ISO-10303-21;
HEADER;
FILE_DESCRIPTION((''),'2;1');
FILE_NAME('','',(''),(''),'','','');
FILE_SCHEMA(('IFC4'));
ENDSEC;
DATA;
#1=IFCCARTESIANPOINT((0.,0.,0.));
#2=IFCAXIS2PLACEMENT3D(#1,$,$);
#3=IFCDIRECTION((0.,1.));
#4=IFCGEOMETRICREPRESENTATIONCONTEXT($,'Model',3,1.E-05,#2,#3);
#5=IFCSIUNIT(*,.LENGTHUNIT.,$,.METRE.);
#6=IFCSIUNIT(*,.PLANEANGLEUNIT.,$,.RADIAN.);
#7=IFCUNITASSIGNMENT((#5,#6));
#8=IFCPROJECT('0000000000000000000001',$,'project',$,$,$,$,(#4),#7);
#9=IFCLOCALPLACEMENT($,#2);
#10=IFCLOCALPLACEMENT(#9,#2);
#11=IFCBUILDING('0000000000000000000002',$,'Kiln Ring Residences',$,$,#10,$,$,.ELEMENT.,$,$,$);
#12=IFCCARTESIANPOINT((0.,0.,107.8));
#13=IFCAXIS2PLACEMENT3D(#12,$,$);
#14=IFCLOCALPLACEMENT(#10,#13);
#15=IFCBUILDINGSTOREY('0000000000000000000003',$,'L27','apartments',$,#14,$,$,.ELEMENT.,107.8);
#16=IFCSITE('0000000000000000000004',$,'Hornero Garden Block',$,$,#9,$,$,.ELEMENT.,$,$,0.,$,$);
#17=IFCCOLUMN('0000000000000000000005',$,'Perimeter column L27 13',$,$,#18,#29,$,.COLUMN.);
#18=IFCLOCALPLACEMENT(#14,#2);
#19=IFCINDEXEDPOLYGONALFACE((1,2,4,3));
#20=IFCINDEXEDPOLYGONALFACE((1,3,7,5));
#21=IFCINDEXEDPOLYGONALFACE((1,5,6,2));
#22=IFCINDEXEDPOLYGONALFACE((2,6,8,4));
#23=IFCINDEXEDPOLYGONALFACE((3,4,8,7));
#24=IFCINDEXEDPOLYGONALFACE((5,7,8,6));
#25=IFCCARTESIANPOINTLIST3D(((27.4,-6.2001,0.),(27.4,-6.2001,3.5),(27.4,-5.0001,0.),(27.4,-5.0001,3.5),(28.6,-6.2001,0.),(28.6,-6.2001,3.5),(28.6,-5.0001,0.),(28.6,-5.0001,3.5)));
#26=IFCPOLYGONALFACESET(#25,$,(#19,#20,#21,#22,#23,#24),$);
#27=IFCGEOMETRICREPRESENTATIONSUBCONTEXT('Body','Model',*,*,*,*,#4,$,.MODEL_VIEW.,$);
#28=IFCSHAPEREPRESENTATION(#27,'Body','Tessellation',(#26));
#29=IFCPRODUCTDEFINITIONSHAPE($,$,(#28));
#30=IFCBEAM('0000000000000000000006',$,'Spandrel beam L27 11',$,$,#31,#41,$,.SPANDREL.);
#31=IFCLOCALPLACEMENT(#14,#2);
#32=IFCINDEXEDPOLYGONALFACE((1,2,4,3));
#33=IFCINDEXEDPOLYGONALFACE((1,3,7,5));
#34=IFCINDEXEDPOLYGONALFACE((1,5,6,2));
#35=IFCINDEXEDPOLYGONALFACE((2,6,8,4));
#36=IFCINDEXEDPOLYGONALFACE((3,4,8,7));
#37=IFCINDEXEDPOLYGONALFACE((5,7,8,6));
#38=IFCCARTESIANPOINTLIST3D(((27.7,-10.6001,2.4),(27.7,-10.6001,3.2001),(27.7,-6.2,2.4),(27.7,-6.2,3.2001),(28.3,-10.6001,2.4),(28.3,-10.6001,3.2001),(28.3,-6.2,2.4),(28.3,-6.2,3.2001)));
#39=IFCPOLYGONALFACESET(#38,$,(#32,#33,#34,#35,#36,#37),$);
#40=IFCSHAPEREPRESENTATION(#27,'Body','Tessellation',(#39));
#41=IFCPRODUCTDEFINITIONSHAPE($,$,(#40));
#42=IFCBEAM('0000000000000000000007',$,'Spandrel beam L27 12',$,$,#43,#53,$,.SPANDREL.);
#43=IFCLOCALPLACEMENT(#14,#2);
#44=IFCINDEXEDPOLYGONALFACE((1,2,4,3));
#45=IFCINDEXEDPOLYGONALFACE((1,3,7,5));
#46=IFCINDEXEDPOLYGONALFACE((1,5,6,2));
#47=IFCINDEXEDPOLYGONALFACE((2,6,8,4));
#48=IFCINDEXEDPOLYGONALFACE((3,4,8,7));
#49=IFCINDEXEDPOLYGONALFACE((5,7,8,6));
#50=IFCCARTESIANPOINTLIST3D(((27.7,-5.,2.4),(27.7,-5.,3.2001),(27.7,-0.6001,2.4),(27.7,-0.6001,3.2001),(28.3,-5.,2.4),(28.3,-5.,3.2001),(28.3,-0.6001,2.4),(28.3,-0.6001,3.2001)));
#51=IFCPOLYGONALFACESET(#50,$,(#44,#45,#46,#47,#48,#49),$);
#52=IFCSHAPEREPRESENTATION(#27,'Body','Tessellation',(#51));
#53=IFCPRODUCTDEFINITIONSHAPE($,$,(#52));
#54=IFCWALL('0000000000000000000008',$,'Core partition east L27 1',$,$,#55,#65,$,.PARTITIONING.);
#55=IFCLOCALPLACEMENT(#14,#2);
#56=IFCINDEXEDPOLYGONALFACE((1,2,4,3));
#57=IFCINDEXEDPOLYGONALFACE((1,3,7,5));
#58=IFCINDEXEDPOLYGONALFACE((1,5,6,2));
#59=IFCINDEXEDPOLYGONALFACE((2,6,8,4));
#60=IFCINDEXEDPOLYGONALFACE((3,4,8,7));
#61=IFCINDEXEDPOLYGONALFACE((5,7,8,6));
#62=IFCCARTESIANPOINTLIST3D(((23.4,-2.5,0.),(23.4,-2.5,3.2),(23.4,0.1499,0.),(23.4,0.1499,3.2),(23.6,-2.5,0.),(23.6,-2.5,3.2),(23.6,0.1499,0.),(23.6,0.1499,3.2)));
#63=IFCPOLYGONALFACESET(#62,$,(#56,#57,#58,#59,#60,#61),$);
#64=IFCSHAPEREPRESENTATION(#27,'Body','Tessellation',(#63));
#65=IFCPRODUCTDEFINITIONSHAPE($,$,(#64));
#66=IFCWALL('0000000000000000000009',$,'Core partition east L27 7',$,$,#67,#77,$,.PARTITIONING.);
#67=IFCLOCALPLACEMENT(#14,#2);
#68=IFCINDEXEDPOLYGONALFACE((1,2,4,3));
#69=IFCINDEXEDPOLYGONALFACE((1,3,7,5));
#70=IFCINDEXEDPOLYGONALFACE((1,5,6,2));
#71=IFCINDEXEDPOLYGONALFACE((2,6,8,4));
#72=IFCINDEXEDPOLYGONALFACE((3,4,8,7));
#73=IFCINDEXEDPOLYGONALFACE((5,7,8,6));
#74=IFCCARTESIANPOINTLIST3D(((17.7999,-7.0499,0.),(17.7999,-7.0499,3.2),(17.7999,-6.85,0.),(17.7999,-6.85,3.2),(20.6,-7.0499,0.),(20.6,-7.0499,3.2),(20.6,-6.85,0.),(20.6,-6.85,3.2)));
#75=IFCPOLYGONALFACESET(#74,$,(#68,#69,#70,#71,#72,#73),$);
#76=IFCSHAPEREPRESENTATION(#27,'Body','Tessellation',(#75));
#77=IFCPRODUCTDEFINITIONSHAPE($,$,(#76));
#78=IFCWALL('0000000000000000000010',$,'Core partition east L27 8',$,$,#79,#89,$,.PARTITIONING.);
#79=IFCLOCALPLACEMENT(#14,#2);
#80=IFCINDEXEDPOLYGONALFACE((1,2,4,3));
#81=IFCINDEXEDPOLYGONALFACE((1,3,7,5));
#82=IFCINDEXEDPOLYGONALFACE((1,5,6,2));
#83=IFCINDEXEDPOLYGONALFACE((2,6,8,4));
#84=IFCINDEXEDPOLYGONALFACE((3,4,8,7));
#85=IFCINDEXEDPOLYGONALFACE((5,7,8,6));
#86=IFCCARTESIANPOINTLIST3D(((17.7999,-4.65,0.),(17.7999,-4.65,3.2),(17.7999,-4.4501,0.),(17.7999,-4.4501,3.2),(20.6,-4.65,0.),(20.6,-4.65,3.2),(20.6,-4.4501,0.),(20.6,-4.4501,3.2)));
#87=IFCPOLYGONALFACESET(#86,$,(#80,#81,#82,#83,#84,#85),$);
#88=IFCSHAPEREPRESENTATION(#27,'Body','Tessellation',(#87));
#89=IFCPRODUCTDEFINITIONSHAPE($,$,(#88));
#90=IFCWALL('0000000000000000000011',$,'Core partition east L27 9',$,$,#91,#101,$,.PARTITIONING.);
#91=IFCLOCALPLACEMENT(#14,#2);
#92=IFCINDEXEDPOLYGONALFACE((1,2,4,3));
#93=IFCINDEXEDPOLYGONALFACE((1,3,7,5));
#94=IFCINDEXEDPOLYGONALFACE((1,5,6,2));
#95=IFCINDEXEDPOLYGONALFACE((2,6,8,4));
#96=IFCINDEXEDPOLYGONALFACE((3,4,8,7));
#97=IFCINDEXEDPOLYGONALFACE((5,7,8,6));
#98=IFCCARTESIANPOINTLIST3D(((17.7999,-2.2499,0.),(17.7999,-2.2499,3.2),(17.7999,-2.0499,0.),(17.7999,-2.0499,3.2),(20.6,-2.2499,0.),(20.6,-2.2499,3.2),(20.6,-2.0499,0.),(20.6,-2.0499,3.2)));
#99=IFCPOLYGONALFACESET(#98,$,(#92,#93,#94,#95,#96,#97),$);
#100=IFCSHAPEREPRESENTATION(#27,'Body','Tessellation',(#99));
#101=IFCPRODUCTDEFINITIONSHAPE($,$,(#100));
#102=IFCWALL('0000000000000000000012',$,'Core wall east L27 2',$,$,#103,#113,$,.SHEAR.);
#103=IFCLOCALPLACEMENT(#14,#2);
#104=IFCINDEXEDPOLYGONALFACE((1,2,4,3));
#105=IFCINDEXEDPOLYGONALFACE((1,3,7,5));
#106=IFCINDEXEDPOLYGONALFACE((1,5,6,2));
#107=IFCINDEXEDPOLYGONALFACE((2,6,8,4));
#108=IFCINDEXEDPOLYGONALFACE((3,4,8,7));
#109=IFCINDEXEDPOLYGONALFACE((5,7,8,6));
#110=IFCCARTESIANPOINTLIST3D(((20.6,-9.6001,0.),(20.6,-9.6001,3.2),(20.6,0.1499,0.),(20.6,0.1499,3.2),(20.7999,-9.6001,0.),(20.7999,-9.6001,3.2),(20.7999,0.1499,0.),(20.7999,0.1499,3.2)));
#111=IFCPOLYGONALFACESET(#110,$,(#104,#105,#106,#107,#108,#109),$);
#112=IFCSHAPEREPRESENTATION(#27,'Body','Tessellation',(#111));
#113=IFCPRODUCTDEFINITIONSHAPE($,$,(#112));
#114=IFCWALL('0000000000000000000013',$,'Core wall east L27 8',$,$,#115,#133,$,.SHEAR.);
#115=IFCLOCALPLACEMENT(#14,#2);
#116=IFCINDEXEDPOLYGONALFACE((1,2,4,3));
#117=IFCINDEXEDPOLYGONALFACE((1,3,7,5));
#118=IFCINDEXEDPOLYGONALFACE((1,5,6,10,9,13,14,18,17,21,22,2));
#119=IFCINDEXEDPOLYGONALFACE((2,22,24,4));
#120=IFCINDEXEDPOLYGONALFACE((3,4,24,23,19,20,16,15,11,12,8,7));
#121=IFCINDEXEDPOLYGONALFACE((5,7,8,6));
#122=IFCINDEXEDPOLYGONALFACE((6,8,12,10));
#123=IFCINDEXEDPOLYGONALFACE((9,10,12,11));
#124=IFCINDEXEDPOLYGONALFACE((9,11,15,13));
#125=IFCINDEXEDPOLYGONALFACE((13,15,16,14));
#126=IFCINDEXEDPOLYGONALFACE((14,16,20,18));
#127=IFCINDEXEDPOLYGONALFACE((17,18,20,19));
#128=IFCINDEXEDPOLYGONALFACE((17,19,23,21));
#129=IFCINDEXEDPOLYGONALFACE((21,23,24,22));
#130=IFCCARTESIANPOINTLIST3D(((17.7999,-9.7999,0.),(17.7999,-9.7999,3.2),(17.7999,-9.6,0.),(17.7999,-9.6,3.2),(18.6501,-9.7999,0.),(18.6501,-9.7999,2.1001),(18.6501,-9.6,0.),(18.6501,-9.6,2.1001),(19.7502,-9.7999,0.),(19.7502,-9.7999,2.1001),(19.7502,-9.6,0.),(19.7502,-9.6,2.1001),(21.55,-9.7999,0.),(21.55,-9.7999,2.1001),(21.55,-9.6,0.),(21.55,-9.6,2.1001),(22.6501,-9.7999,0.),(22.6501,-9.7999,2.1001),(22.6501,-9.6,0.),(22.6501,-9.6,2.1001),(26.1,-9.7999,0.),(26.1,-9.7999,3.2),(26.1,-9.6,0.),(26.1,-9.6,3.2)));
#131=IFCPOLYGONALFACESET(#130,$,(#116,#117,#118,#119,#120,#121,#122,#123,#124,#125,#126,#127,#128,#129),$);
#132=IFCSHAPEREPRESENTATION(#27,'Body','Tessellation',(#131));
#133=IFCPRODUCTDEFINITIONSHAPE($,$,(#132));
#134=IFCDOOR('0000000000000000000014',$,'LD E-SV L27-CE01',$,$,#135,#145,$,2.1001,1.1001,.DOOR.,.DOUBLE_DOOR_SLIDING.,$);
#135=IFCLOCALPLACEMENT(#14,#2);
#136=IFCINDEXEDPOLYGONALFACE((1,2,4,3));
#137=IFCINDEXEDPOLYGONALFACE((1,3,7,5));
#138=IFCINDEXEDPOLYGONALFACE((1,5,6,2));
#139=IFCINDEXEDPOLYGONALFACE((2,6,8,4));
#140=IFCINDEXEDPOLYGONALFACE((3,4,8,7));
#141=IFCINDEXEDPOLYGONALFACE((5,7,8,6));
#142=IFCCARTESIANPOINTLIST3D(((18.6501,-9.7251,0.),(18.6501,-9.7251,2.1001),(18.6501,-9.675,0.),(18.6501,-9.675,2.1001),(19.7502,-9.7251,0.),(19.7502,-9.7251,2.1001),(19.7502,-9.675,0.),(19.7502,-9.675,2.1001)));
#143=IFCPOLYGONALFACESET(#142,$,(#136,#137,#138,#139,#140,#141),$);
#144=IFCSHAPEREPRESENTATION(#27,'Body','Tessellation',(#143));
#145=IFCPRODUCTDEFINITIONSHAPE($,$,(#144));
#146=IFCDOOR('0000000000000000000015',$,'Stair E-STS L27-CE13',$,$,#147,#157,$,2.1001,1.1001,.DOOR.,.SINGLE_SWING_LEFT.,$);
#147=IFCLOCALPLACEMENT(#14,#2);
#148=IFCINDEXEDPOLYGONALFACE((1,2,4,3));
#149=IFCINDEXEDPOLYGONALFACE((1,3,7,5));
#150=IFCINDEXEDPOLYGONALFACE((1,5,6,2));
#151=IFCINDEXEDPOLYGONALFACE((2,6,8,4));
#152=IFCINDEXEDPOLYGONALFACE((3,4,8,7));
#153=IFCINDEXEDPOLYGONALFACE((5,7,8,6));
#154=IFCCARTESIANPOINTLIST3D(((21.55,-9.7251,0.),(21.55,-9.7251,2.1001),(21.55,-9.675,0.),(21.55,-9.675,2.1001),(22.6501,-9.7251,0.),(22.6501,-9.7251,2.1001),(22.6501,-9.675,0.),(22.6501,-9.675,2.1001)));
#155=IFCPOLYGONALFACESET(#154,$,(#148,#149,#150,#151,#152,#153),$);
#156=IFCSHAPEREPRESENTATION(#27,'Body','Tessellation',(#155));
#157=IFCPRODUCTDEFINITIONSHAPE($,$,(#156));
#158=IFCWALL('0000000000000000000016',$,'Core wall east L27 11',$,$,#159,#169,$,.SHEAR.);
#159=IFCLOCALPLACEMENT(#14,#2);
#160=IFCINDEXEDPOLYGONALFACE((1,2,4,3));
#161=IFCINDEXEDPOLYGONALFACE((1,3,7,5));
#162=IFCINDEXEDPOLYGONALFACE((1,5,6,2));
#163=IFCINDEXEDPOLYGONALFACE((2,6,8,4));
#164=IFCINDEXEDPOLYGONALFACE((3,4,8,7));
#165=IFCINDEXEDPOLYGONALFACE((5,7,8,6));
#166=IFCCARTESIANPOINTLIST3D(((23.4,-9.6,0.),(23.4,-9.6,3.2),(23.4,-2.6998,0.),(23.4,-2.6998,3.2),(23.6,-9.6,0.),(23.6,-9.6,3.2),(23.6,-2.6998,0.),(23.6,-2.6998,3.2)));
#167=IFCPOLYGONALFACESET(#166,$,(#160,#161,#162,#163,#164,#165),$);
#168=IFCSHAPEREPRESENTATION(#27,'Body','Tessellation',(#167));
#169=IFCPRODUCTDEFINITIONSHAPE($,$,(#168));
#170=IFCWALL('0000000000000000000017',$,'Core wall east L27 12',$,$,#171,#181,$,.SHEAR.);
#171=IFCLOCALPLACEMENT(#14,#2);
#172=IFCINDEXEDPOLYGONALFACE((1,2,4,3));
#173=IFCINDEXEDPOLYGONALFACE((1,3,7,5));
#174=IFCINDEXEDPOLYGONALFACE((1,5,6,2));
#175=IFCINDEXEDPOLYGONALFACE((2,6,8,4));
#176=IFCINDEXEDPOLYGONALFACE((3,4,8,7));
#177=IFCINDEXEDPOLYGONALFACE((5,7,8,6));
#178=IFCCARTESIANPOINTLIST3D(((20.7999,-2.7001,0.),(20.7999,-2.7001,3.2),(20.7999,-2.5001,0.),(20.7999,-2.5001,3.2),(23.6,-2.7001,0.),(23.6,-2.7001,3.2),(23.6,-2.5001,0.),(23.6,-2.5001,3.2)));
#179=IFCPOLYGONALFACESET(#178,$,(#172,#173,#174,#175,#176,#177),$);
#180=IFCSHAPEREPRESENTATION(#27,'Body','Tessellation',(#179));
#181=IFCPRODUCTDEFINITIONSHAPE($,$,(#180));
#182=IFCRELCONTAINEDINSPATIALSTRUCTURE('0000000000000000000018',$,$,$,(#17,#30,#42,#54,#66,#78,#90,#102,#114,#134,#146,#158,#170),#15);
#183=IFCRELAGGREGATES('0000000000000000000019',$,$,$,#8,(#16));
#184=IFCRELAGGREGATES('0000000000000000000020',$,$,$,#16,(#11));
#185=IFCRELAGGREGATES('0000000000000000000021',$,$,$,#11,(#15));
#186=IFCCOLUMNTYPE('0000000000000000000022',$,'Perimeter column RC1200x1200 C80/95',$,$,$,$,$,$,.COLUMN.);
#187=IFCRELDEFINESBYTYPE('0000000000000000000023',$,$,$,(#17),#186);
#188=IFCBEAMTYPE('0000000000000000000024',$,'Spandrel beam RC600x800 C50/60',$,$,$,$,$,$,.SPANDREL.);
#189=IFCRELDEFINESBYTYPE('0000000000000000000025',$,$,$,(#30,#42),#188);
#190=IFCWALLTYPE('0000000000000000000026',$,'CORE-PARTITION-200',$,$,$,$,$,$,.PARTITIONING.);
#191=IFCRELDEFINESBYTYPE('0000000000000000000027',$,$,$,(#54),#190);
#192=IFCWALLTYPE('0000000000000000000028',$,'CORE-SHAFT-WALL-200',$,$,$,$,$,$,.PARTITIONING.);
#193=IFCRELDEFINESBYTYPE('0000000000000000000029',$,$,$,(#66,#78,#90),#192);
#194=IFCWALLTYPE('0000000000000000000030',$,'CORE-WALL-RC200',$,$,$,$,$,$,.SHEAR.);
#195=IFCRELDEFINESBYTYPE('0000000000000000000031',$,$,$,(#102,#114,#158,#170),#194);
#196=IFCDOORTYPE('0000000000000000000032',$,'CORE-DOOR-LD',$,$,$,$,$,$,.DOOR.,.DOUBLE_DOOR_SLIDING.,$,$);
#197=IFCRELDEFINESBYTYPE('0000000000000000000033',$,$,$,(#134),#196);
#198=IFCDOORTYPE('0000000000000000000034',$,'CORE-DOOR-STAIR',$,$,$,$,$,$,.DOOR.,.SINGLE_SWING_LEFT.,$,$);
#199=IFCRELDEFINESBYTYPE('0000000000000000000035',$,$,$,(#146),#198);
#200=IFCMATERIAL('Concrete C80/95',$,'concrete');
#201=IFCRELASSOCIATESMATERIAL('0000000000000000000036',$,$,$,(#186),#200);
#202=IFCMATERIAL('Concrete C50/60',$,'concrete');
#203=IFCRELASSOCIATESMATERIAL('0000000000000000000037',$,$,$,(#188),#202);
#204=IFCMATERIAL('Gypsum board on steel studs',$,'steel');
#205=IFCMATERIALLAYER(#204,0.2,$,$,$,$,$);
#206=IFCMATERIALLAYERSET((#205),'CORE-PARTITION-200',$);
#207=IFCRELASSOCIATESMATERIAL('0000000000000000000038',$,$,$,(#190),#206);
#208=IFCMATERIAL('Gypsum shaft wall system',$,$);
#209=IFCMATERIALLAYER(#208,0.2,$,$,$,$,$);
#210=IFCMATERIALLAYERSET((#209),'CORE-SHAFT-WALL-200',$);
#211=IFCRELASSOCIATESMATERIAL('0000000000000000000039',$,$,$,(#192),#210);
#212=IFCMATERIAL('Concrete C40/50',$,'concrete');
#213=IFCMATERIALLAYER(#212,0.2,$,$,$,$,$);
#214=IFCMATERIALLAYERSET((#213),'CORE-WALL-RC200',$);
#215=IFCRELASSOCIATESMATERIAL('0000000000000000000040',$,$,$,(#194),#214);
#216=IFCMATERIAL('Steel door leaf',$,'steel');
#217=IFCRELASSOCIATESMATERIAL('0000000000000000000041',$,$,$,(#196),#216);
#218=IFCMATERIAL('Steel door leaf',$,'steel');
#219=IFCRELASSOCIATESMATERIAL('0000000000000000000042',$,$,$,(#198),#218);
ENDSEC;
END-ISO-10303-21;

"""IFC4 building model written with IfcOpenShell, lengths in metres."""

from ifc_helpers import new_model, si_unit, direction, frame, frame_2d, origin, origin_2d, place, context, subcontext, project, spatial, rectangle, extrude, material, layer, layer_set, material_profile, profile_set, type_object, element, fill, save


model = new_model("IFC4")

# Units and contexts
model_context = context("Model", 3, precision=1e-05, world=origin(), true_north=direction((0.0, 1.0)))
body_context = subcontext(model_context, "Body", "Model", "MODEL_VIEW")
ifc_project = project(units=[si_unit("LENGTHUNIT", "METRE"), si_unit("PLANEANGLEUNIT", "RADIAN")], contexts=[model_context])

# Site, building, storey
site_placement = place(None, origin())
site = spatial("IfcSite", under=ifc_project, at=site_placement, Name="Hornero Garden Block", CompositionType="ELEMENT", RefElevation=0.0)
building_placement = place(site_placement, origin())
building = spatial("IfcBuilding", under=site, at=building_placement, Name="Kiln Ring Residences", CompositionType="ELEMENT")
storey_placement = place(building_placement, frame((0.0, 0.0, 107.8)))
storey = spatial("IfcBuildingStorey", under=building, at=storey_placement, Name="L27", Description="apartments", CompositionType="ELEMENT", Elevation=107.8)

# Column
ifc_material_1 = material(Name="Concrete C80/95", Category="concrete")
ifc_material_profile_1 = material_profile(ifc_material_1, rectangle(XDim=1.2, YDim=1.2, at=origin_2d()), Name="RC1200x1200")
ifc_profile_set_1 = profile_set([ifc_material_profile_1], Name="Concrete C80/95")
column_type = type_object("IfcColumnType", Name="Perimeter column RC1200x1200 C80/95", PredefinedType="COLUMN", material=ifc_profile_set_1)
column_placement = place(storey_placement, frame((28.0, -5.6001, 0.0), z_axis=(0.0, 0.0, 1.0), x_axis=(1.0, 0.0, 0.0)))
element("IfcColumn", 1, at=column_placement, inside=storey, type_object=column_type, Name="Perimeter column L27 13", PredefinedType="COLUMN", context=body_context, shape_type="SweptSolid", body=[
    extrude(rectangle(XDim=1.2, YDim=1.2, at=origin_2d()), origin(), (0.0, 0.0, 1.0), 3.5),
])

# Beams
ifc_material_2 = material(Name="Concrete C50/60", Category="concrete")
ifc_material_profile_2 = material_profile(ifc_material_2, rectangle(XDim=0.6001, YDim=0.8, at=origin_2d()), Name="RC600x800")
ifc_profile_set_2 = profile_set([ifc_material_profile_2], Name="Concrete C50/60")
beam_type = type_object("IfcBeamType", Name="Spandrel beam RC600x800 C50/60", PredefinedType="SPANDREL", material=ifc_profile_set_2)
beam_1_placement = place(storey_placement, frame((28.0, -10.6001, 2.8), z_axis=(0.0, 1.0, 0.0), x_axis=(-1.0, 0.0, 0.0)))
element("IfcBeam", 2, at=beam_1_placement, inside=storey, type_object=beam_type, Name="Spandrel beam L27 11", PredefinedType="SPANDREL", context=body_context, shape_type="SweptSolid", body=[
    extrude(rectangle(XDim=0.6001, YDim=0.8, at=origin_2d()), origin(), (0.0, 0.0, 1.0), 4.4001),
])
beam_2_placement = place(storey_placement, frame((28.0, -5.0, 2.8), z_axis=(0.0, 1.0, 0.0), x_axis=(-1.0, 0.0, 0.0)))
element("IfcBeam", 3, at=beam_2_placement, inside=storey, type_object=beam_type, Name="Spandrel beam L27 12", PredefinedType="SPANDREL", context=body_context, shape_type="SweptSolid", body=[
    extrude(rectangle(XDim=0.6001, YDim=0.8, at=origin_2d()), origin(), (0.0, 0.0, 1.0), 4.3999),
])

# Walls
ifc_material_3 = material(Name="Gypsum board on steel studs", Category="steel")
ifc_layer_1 = layer(ifc_material_3, 0.2)
ifc_layer_set_1 = layer_set([ifc_layer_1], Name="CORE-PARTITION-200")
wall_type_1 = type_object("IfcWallType", Name="CORE-PARTITION-200", PredefinedType="PARTITIONING", material=ifc_layer_set_1)
wall_1_placement = place(storey_placement, frame((23.5, -2.5, 0.0), z_axis=(0.0, 0.0, 1.0), x_axis=(0.0, 1.0, 0.0)))
element("IfcWall", 4, at=wall_1_placement, inside=storey, type_object=wall_type_1, Name="Core partition east L27 1", PredefinedType="PARTITIONING", context=body_context, shape_type="SweptSolid", body=[
    extrude(rectangle(XDim=2.6499, YDim=0.2, at=frame_2d((1.325, 0.0))), origin(), (0.0, 0.0, 1.0), 3.2),
])
ifc_material_4 = material(Name="Gypsum shaft wall system")
ifc_layer_2 = layer(ifc_material_4, 0.2)
ifc_layer_set_2 = layer_set([ifc_layer_2], Name="CORE-SHAFT-WALL-200")
wall_type_2 = type_object("IfcWallType", Name="CORE-SHAFT-WALL-200", PredefinedType="PARTITIONING", material=ifc_layer_set_2)
for number, where, z_axis, x_axis, name in (
    (5, (17.8, -6.95, 0.0), (0.0, 0.0, 1.0), (1.0, 0.0, 0.0), "Core partition east L27 7"),
    (6, (17.8, -4.55, 0.0), (0.0, 0.0, 1.0), (1.0, 0.0, 0.0), "Core partition east L27 8"),
    (7, (17.8, -2.1499, 0.0), (0.0, 0.0, 1.0), (1.0, 0.0, 0.0), "Core partition east L27 9"),
):
    element("IfcWall", number, at=place(storey_placement, frame(where, z_axis=z_axis, x_axis=x_axis)), inside=storey, type_object=wall_type_2, Name=name, PredefinedType="PARTITIONING", context=body_context, shape_type="SweptSolid", body=[
        extrude(rectangle(XDim=2.8, YDim=0.2, at=frame_2d((1.3999, 0.0))), origin(), (0.0, 0.0, 1.0), 3.2),
    ])
ifc_material_5 = material(Name="Concrete C40/50", Category="concrete")
ifc_layer_3 = layer(ifc_material_5, 0.2)
ifc_layer_set_3 = layer_set([ifc_layer_3], Name="CORE-WALL-RC200")
wall_type_3 = type_object("IfcWallType", Name="CORE-WALL-RC200", PredefinedType="SHEAR", material=ifc_layer_set_3)
wall_2_placement = place(storey_placement, frame((20.7, -9.6001, 0.0), z_axis=(0.0, 0.0, 1.0), x_axis=(0.0, 1.0, 0.0)))
element("IfcWall", 8, at=wall_2_placement, inside=storey, type_object=wall_type_3, Name="Core wall east L27 2", PredefinedType="SHEAR", context=body_context, shape_type="SweptSolid", body=[
    extrude(rectangle(XDim=9.75, YDim=0.2, at=frame_2d((4.875, 0.0))), origin(), (0.0, 0.0, 1.0), 3.2),
])

# Wall, openings, doors
wall_3_placement = place(storey_placement, frame((17.8, -9.7, 0.0), z_axis=(0.0, 0.0, 1.0), x_axis=(1.0, 0.0, 0.0)))
wall_3 = element("IfcWall", 9, at=wall_3_placement, inside=storey, type_object=wall_type_3, Name="Core wall east L27 8", PredefinedType="SHEAR", context=body_context, shape_type="SweptSolid", body=[
    extrude(rectangle(XDim=8.3, YDim=0.2, at=frame_2d((4.1499, 0.0))), origin(), (0.0, 0.0, 1.0), 3.2),
])
opening_1_placement = place(wall_3_placement, frame((0.8501, 0.0, 0.0)))
opening_1 = element("IfcOpeningElement", 10, at=opening_1_placement, cuts=wall_3, PredefinedType="OPENING", context=body_context, shape_type="SweptSolid", body=[
    extrude(rectangle(XDim=1.1001, YDim=2.1001, at=frame_2d((0.55, 1.05))), frame((0.0, 0.1099, 0.0), z_axis=(0.0, -1.0, 0.0), x_axis=(1.0, 0.0, 0.0)), (0.0, 0.0, 1.0), 0.22),
])
opening_2_placement = place(wall_3_placement, frame((3.75, 0.0, 0.0)))
opening_2 = element("IfcOpeningElement", 11, at=opening_2_placement, cuts=wall_3, PredefinedType="OPENING", context=body_context, shape_type="SweptSolid", body=[
    extrude(rectangle(XDim=1.1001, YDim=2.1001, at=frame_2d((0.55, 1.05))), frame((0.0, 0.1099, 0.0), z_axis=(0.0, -1.0, 0.0), x_axis=(1.0, 0.0, 0.0)), (0.0, 0.0, 1.0), 0.22),
])
ifc_material_6 = material(Name="Steel door leaf", Category="steel")
door_type_1 = type_object("IfcDoorType", Name="CORE-DOOR-LD", OperationType="DOUBLE_DOOR_SLIDING", PredefinedType="DOOR", material=ifc_material_6)
door_1_placement = place(opening_1_placement, origin())
door_1 = element("IfcDoor", 12, at=door_1_placement, inside=storey, type_object=door_type_1, Name="LD E-SV L27-CE01", OperationType="DOUBLE_DOOR_SLIDING", OverallHeight=2.1001, OverallWidth=1.1001, PredefinedType="DOOR", context=body_context, shape_type="SweptSolid", body=[
    extrude(rectangle(XDim=1.1001, YDim=2.1001, at=frame_2d((0.55, 1.05))), frame((0.0, 0.0249, 0.0), z_axis=(0.0, -1.0, 0.0), x_axis=(1.0, 0.0, 0.0)), (0.0, 0.0, 1.0), 0.05),
])
fill(opening_1, door_1)
ifc_material_7 = material(Name="Steel door leaf", Category="steel")
door_type_2 = type_object("IfcDoorType", Name="CORE-DOOR-STAIR", OperationType="SINGLE_SWING_LEFT", PredefinedType="DOOR", material=ifc_material_7)
door_2_placement = place(opening_2_placement, origin())
door_2 = element("IfcDoor", 13, at=door_2_placement, inside=storey, type_object=door_type_2, Name="Stair E-STS L27-CE13", OperationType="SINGLE_SWING_LEFT", OverallHeight=2.1001, OverallWidth=1.1001, PredefinedType="DOOR", context=body_context, shape_type="SweptSolid", body=[
    extrude(rectangle(XDim=1.1001, YDim=2.1001, at=frame_2d((0.55, 1.05))), frame((0.0, 0.0249, 0.0), z_axis=(0.0, -1.0, 0.0), x_axis=(1.0, 0.0, 0.0)), (0.0, 0.0, 1.0), 0.05),
])
fill(opening_2, door_2)

# Walls
wall_4_placement = place(storey_placement, frame((23.5, -9.6001, 0.0), z_axis=(0.0, 0.0, 1.0), x_axis=(0.0, 1.0, 0.0)))
element("IfcWall", 14, at=wall_4_placement, inside=storey, type_object=wall_type_3, Name="Core wall east L27 11", PredefinedType="SHEAR", context=body_context, shape_type="SweptSolid", body=[
    extrude(rectangle(XDim=6.9001, YDim=0.2, at=frame_2d((3.4502, 0.0))), origin(), (0.0, 0.0, 1.0), 3.2),
])
wall_5_placement = place(storey_placement, frame((20.8, -2.6001, 0.0), z_axis=(0.0, 0.0, 1.0), x_axis=(1.0, 0.0, 0.0)))
element("IfcWall", 15, at=wall_5_placement, inside=storey, type_object=wall_type_3, Name="Core wall east L27 12", PredefinedType="SHEAR", context=body_context, shape_type="SweptSolid", body=[
    extrude(rectangle(XDim=2.8, YDim=0.2, at=frame_2d((1.3999, 0.0))), origin(), (0.0, 0.0, 1.0), 3.2),
])

save(model, "model.ifc")
